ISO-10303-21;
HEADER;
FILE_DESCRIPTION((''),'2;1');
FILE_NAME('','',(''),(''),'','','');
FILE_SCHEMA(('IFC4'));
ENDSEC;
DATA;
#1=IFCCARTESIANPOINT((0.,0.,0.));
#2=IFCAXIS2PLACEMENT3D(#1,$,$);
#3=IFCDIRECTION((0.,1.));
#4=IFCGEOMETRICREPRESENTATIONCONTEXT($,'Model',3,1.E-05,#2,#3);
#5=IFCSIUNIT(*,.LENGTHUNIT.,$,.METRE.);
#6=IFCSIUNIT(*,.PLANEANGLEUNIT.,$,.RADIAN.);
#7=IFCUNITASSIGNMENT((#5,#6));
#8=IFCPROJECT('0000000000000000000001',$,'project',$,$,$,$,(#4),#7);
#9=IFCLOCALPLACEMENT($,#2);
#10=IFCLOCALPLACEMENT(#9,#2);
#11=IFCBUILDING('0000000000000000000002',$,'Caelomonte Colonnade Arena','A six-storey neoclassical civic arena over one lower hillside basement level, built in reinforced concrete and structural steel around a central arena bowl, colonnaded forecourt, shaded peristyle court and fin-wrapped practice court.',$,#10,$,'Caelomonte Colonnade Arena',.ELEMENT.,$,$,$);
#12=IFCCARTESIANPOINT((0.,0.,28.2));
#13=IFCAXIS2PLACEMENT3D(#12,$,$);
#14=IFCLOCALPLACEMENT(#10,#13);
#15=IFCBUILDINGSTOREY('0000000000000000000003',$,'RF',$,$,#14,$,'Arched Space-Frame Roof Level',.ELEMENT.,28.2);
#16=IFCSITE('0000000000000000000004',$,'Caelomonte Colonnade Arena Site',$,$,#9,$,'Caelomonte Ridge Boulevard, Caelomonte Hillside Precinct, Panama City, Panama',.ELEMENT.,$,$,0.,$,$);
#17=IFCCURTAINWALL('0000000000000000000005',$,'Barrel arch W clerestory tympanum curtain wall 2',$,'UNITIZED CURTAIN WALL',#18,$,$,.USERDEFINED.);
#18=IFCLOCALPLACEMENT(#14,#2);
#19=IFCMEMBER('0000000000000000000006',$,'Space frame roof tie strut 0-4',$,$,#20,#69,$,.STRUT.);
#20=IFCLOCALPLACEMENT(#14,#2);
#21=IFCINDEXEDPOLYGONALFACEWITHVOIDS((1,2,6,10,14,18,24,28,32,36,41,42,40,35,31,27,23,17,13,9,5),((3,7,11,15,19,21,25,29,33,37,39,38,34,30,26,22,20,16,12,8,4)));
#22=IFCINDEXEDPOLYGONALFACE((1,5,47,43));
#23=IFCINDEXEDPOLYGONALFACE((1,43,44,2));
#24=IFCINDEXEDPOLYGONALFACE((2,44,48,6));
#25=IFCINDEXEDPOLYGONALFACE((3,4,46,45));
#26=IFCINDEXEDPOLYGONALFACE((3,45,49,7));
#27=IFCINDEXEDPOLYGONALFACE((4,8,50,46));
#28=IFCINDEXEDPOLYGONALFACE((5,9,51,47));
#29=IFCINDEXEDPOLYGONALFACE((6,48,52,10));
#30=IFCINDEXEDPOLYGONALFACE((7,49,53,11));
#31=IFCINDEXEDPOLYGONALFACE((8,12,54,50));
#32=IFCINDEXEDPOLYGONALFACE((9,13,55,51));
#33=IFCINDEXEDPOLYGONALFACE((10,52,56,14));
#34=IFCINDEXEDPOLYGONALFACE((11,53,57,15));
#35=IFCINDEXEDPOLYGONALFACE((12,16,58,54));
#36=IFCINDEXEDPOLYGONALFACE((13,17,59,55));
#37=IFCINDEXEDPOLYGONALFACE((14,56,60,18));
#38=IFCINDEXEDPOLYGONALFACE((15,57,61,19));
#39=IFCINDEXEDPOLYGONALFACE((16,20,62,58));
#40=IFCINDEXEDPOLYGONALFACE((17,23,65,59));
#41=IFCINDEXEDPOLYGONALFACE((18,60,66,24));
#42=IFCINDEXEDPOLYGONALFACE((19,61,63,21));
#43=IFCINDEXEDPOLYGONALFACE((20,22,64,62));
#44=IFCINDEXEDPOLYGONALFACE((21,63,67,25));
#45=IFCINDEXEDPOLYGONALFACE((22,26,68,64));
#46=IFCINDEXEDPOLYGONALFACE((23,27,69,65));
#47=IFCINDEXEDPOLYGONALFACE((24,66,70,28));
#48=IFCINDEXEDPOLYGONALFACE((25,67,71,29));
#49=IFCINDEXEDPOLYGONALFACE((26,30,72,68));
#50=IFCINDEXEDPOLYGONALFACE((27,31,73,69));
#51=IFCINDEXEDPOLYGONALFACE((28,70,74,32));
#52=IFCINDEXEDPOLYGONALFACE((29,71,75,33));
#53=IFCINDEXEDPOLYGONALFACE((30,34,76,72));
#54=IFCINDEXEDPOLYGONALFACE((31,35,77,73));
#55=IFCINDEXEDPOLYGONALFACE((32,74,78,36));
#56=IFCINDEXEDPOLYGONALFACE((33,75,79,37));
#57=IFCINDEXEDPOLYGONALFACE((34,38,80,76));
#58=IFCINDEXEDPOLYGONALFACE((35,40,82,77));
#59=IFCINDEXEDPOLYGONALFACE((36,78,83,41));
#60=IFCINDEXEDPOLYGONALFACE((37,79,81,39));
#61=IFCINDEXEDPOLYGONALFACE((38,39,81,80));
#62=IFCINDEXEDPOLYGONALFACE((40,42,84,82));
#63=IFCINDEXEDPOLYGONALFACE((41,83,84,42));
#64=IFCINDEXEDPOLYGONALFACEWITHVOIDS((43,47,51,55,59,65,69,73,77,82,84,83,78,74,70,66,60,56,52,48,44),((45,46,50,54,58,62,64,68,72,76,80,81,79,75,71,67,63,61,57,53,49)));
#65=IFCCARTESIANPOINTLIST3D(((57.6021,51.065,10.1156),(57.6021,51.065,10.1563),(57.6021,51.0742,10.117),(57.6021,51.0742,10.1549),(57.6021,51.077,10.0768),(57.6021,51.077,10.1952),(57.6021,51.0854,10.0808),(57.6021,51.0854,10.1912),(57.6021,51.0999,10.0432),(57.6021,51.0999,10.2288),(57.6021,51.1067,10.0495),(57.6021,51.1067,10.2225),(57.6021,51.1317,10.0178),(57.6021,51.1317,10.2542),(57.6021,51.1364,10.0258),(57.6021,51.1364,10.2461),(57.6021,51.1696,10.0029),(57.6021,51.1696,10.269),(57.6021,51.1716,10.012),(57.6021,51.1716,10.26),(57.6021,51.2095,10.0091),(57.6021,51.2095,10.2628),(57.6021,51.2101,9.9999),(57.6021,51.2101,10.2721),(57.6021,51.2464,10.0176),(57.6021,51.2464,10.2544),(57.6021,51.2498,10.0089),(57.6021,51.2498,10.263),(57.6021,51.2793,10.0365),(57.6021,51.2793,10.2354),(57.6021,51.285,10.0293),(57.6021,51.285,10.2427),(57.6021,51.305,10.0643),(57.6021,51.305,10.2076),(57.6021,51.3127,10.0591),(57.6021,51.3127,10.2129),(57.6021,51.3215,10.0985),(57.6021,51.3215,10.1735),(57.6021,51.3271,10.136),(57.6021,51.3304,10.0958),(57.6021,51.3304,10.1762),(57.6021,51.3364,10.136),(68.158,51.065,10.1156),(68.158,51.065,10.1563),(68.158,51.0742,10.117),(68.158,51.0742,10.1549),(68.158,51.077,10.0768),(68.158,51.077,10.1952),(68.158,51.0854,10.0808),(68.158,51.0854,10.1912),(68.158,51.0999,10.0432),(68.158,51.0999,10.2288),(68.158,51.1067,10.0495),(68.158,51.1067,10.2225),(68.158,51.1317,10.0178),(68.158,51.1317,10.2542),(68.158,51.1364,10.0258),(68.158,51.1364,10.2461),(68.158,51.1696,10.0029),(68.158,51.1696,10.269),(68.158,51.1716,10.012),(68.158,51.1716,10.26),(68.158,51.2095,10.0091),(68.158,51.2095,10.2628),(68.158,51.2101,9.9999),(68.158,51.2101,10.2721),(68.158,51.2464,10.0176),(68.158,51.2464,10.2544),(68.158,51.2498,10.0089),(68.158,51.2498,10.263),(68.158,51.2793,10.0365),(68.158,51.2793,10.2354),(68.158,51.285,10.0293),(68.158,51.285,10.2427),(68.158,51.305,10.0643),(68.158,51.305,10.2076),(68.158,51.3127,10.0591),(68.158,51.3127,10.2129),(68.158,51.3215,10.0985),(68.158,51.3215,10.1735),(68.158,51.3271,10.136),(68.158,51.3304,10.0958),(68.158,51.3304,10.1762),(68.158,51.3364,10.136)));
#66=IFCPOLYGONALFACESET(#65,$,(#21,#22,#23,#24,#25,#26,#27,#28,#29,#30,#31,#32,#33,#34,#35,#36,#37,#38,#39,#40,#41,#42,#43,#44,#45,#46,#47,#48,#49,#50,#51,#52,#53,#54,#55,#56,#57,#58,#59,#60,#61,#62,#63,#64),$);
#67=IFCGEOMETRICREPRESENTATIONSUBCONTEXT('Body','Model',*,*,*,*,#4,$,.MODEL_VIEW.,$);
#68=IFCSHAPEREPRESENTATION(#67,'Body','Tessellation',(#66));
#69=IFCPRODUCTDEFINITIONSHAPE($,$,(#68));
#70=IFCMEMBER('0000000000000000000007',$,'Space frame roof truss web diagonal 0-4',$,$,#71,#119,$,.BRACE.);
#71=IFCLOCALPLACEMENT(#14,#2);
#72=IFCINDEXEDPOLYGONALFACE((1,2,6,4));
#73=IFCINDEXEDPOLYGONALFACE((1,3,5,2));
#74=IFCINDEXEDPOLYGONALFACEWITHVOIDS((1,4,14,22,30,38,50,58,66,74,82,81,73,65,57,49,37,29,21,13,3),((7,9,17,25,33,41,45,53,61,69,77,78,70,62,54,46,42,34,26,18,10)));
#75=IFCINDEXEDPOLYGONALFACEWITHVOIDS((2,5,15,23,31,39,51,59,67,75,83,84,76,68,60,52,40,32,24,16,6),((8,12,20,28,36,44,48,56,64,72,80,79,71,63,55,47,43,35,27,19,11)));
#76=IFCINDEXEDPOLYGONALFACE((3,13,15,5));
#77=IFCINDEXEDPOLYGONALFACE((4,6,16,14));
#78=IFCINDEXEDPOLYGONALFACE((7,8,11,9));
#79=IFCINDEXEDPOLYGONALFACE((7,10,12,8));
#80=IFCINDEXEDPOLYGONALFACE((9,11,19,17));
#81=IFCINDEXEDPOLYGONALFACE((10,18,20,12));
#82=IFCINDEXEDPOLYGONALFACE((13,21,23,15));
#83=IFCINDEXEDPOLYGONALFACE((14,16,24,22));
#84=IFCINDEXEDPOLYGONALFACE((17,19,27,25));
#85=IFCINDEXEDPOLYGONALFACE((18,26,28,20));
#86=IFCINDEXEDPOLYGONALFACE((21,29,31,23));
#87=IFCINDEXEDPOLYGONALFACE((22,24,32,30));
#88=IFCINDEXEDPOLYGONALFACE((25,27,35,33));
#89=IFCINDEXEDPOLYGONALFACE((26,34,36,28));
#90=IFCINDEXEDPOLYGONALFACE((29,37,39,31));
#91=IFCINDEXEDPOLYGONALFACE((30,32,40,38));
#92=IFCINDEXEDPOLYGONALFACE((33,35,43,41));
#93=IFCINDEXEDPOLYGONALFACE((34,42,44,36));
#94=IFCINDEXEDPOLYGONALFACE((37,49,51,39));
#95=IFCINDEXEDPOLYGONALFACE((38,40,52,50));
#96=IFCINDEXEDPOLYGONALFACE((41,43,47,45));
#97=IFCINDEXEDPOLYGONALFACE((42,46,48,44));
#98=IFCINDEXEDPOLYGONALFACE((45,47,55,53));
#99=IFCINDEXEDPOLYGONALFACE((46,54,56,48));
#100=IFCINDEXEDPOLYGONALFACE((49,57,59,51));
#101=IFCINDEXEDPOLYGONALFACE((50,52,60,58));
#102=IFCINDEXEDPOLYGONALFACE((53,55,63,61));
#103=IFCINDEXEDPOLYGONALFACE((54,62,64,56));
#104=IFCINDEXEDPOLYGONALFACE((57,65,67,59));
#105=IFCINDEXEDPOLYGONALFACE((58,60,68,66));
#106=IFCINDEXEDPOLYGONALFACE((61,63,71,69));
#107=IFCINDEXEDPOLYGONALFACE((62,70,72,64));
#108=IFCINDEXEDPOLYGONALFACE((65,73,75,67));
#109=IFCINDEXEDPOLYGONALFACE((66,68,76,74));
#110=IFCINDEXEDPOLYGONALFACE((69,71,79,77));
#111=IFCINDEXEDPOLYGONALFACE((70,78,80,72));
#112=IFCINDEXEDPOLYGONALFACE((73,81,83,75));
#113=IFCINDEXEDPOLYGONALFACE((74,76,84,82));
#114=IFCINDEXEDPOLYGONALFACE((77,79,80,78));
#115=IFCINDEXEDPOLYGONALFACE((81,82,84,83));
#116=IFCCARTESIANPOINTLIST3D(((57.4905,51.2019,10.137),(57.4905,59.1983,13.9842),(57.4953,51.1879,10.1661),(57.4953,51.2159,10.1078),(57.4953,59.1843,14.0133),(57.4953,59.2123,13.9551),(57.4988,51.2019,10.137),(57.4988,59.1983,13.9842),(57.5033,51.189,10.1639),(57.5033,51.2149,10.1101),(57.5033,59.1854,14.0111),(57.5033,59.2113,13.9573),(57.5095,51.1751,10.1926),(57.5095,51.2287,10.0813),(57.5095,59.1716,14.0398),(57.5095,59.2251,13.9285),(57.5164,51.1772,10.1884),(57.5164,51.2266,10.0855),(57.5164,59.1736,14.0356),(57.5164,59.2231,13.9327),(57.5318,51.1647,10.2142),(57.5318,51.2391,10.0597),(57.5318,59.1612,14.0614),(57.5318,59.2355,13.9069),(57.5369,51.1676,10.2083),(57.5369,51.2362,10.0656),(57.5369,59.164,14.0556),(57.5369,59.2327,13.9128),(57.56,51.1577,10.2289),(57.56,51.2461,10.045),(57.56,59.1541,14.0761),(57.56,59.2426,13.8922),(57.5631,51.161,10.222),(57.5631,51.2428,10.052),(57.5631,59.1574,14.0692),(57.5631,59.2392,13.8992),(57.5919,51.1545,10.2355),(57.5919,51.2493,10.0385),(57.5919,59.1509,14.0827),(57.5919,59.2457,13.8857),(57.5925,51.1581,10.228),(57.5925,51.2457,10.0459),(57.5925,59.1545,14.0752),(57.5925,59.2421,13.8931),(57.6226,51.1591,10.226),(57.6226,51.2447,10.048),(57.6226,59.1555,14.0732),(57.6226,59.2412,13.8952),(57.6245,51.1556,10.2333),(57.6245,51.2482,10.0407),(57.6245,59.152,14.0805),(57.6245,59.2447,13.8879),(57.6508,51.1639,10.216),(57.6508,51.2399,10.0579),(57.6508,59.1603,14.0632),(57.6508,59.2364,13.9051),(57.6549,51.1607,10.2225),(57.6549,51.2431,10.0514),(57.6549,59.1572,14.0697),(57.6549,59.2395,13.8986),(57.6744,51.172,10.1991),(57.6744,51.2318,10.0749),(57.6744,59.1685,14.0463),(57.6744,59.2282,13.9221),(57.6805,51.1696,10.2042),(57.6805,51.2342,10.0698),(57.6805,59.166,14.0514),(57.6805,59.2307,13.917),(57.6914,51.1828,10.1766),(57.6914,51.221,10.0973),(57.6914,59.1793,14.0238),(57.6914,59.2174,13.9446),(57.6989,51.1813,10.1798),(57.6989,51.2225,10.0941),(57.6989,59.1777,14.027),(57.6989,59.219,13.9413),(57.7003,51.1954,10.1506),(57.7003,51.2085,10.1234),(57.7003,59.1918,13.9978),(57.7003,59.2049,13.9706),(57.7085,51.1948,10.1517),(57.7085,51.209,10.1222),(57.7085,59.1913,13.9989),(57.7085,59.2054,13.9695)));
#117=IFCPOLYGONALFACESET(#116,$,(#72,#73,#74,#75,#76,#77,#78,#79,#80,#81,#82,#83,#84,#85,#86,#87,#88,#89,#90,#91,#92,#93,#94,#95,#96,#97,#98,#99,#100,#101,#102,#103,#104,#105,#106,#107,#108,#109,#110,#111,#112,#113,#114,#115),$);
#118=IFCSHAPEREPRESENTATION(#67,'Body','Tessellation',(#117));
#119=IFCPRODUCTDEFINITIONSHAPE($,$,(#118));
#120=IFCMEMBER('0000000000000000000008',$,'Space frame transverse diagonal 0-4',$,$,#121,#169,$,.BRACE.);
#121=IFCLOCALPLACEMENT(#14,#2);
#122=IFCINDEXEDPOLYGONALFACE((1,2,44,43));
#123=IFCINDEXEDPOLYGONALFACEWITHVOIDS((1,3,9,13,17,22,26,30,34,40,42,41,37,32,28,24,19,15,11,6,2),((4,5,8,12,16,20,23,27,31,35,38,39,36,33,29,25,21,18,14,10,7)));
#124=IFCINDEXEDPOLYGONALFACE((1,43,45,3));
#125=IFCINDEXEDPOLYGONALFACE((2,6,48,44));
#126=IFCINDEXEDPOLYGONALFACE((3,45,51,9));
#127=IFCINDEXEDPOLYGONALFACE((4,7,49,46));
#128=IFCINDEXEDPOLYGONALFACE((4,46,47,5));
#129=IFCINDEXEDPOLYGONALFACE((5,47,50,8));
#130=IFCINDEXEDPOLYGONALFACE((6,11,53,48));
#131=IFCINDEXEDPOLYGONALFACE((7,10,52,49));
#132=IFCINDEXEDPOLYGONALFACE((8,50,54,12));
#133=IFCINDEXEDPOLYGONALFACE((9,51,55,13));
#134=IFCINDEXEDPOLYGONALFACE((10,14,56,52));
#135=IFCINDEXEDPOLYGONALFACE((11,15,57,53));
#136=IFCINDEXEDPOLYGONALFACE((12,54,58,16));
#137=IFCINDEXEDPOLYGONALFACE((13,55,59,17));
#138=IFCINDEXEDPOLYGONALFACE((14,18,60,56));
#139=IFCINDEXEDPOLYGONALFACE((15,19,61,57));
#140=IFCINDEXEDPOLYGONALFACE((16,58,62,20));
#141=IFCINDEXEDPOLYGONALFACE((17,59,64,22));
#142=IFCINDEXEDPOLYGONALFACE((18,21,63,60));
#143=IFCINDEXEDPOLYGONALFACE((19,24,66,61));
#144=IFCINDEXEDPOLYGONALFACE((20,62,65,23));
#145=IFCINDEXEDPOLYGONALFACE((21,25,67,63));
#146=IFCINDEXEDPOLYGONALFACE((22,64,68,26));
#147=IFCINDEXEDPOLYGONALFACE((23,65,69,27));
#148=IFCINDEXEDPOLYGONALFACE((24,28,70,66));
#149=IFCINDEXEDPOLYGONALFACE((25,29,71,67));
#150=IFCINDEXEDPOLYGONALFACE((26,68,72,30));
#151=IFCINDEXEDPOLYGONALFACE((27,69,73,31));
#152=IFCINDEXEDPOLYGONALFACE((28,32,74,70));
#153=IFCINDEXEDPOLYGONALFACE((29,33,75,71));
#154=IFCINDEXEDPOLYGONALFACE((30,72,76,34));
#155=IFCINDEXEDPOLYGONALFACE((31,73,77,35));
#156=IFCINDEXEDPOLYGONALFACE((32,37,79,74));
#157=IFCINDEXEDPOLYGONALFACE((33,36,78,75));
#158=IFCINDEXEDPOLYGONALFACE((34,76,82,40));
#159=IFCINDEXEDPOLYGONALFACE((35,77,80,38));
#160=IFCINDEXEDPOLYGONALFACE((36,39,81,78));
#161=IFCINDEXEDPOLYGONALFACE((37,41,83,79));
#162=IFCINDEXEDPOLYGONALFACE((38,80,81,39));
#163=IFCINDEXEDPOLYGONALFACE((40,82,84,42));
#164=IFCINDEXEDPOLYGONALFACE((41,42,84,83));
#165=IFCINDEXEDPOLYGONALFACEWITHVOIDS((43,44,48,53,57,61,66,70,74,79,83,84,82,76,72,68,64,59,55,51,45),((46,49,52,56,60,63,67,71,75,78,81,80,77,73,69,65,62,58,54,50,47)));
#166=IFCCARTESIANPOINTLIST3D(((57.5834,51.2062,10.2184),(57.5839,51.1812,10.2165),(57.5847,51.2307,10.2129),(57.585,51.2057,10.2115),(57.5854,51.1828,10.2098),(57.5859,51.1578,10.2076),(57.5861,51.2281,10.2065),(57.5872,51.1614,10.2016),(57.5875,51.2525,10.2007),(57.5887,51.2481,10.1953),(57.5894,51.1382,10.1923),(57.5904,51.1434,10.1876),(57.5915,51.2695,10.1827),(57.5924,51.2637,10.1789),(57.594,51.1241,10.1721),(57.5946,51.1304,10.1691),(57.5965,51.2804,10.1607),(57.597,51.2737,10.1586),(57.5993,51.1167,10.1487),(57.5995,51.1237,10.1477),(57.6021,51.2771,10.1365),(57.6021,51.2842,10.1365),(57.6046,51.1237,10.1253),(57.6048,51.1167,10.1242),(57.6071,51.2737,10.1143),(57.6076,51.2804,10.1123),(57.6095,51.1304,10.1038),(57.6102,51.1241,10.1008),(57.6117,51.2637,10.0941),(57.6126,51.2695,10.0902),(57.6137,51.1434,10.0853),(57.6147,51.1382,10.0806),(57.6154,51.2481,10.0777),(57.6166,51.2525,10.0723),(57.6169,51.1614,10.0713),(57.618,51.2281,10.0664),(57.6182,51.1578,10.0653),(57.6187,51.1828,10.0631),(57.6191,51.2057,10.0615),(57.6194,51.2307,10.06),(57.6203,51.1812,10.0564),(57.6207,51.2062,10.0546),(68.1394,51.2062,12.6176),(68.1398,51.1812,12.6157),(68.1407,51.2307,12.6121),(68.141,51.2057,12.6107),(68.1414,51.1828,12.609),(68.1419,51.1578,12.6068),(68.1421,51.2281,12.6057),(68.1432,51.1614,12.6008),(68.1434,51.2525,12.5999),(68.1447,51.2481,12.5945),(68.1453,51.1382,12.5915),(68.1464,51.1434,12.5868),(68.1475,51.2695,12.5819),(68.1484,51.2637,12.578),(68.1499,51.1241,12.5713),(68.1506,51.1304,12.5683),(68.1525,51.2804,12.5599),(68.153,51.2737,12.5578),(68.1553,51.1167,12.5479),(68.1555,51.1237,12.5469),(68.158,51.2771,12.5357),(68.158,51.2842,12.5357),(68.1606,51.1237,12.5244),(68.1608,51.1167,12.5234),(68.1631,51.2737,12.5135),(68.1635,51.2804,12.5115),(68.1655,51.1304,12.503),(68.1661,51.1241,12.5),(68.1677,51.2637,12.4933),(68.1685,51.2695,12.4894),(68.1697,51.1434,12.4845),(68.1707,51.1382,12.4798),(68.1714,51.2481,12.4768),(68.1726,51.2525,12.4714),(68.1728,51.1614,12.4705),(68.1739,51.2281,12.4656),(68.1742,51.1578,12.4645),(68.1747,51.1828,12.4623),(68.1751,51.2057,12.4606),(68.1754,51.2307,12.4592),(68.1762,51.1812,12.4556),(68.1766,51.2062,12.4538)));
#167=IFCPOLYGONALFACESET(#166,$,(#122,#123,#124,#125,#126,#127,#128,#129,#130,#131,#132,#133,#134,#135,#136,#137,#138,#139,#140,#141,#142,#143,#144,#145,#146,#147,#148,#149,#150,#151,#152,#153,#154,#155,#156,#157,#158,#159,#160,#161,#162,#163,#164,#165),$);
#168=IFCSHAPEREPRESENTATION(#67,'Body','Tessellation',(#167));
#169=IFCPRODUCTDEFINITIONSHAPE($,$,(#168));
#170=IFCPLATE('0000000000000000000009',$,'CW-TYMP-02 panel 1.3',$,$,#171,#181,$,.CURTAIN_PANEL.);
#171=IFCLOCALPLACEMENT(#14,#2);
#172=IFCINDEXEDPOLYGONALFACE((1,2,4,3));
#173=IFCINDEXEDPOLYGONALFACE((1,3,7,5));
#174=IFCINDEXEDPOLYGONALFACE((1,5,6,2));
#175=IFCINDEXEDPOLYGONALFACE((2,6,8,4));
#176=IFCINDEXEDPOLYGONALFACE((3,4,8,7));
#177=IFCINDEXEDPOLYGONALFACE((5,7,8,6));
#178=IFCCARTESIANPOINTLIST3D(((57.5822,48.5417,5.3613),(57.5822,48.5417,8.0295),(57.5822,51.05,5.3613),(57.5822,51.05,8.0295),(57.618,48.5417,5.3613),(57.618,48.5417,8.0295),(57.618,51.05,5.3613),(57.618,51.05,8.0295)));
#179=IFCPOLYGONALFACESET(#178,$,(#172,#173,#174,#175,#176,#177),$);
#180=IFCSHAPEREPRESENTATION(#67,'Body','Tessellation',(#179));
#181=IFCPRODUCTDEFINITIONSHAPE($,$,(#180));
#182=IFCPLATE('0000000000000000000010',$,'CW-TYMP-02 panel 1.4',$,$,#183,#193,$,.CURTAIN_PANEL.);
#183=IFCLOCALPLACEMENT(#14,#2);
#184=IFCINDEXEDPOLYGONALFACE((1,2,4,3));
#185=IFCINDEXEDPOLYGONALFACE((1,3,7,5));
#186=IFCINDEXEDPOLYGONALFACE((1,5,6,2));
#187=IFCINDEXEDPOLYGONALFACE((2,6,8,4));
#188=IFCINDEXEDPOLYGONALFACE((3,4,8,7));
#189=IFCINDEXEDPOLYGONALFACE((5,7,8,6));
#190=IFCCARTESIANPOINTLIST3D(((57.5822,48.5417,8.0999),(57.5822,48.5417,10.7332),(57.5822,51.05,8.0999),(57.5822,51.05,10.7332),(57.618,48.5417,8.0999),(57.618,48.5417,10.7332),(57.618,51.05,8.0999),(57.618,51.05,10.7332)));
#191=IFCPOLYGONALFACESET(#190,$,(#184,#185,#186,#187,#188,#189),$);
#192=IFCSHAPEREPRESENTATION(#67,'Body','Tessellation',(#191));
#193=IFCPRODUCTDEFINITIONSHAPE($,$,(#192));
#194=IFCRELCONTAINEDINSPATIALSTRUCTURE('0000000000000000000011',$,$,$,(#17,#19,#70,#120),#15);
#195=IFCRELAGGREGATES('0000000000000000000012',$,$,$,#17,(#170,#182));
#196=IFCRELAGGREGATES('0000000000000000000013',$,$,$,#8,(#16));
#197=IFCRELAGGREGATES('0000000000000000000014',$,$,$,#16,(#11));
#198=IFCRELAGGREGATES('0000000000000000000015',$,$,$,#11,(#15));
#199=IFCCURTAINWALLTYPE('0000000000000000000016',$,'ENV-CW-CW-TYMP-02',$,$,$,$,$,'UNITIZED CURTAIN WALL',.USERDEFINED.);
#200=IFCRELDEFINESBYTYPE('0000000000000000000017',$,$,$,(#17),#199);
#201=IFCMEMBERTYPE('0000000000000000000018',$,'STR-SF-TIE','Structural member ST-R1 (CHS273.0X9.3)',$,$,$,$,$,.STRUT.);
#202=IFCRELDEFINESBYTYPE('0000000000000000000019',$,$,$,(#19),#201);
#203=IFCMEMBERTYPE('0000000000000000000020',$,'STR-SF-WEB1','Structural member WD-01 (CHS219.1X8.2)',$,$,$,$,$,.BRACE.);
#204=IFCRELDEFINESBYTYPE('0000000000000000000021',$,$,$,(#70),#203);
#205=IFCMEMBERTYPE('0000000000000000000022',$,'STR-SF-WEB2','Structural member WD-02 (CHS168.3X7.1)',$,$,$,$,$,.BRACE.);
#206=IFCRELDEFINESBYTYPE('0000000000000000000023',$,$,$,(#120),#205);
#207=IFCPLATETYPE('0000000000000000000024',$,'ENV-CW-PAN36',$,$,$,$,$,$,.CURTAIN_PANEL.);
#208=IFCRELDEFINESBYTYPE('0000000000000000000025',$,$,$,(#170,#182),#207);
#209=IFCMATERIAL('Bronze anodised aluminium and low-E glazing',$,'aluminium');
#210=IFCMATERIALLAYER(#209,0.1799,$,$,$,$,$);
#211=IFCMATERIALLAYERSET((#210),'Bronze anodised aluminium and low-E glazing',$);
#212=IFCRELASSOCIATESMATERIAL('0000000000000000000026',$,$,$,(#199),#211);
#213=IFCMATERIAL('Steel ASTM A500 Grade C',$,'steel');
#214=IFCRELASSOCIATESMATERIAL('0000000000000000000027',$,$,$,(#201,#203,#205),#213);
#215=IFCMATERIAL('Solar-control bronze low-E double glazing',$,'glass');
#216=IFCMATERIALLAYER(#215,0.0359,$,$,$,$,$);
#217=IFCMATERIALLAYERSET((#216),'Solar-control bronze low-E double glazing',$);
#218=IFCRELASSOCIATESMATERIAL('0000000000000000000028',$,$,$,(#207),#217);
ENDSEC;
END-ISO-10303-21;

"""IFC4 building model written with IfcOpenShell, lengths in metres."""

from ifc_helpers import new_model, si_unit, direction, frame, origin, origin_2d, place, context, subcontext, project, spatial, rectangle, hollow_circle, extrude, material, layer, layer_set, material_profile, profile_set, type_object, element, aggregate, save


model = new_model("IFC4")

# Units and contexts
model_context = context("Model", 3, precision=1e-05, world=origin(), true_north=direction((0.0, 1.0)))
body_context = subcontext(model_context, "Body", "Model", "MODEL_VIEW")
ifc_project = project(units=[si_unit("LENGTHUNIT", "METRE"), si_unit("PLANEANGLEUNIT", "RADIAN")], contexts=[model_context])

# Site, building, storey
site_placement = place(None, origin())
site = spatial("IfcSite", under=ifc_project, at=site_placement, Name="Caelomonte Colonnade Arena Site", LongName="Caelomonte Ridge Boulevard, Caelomonte Hillside Precinct, Panama City, Panama", CompositionType="ELEMENT", RefElevation=0.0)
building_placement = place(site_placement, origin())
building = spatial("IfcBuilding", under=site, at=building_placement, Name="Caelomonte Colonnade Arena", Description="A six-storey neoclassical civic arena over one lower hillside basement level, built in reinforced concrete and structural steel around a central arena bowl, colonnaded forecourt, shaded peristyle court and fin-wrapped practice court.", LongName="Caelomonte Colonnade Arena", CompositionType="ELEMENT")
storey_placement = place(building_placement, frame((0.0, 0.0, 28.2)))
storey = spatial("IfcBuildingStorey", under=building, at=storey_placement, Name="RF", LongName="Arched Space-Frame Roof Level", CompositionType="ELEMENT", Elevation=28.2)

# Curtain wall
ifc_material_1 = material(Name="Bronze anodised aluminium and low-E glazing", Category="aluminium")
ifc_layer_1 = layer(ifc_material_1, 0.1799)
ifc_layer_set_1 = layer_set([ifc_layer_1], Name="Bronze anodised aluminium and low-E glazing")
curtain_wall_type_1 = type_object("IfcCurtainWallType", Name="ENV-CW-CW-TYMP-02", ElementType="UNITIZED CURTAIN WALL", PredefinedType="USERDEFINED", material=ifc_layer_set_1)
curtain_wall_1_placement = place(storey_placement, origin())
curtain_wall_1 = element("IfcCurtainWall", 1, at=curtain_wall_1_placement, inside=storey, type_object=curtain_wall_type_1, Name="Barrel arch W clerestory tympanum curtain wall 2", ObjectType="UNITIZED CURTAIN WALL", PredefinedType="USERDEFINED")

# Members
ifc_material_2 = material(Name="Steel ASTM A500 Grade C", Category="steel")
ifc_material_profile_1 = material_profile(ifc_material_2, hollow_circle(Radius=0.1365, WallThickness=0.0093, at=origin_2d()), Name="CHS273.0X9.3")
ifc_profile_set_1 = profile_set([ifc_material_profile_1], Name="Steel ASTM A500 Grade C")
member_type_1 = type_object("IfcMemberType", Name="STR-SF-TIE", Description="Structural member ST-R1 (CHS273.0X9.3)", PredefinedType="STRUT", material=ifc_profile_set_1)
member_1_placement = place(storey_placement, frame((57.6021, 51.2, 10.136), z_axis=(1.0, 0.0, 0.0), x_axis=(0.0, 1.0, 0.0)))
element("IfcMember", 2, at=member_1_placement, inside=storey, type_object=member_type_1, Name="Space frame roof tie strut 0-4", PredefinedType="STRUT", context=body_context, shape_type="SweptSolid", body=[
    extrude(hollow_circle(Radius=0.1365, WallThickness=0.0093, at=origin_2d()), origin(), (0.0, 0.0, 1.0), 10.5559),
])
ifc_material_profile_2 = material_profile(ifc_material_2, hollow_circle(Radius=0.1096, WallThickness=0.0083, at=origin_2d()), Name="CHS219.1X8.2")
ifc_profile_set_2 = profile_set([ifc_material_profile_2], Name="Steel ASTM A500 Grade C")
member_type_2 = type_object("IfcMemberType", Name="STR-SF-WEB1", Description="Structural member WD-01 (CHS219.1X8.2)", PredefinedType="BRACE", material=ifc_profile_set_2)
member_2_placement = place(storey_placement, frame((57.6001, 51.2019, 10.137), z_axis=(0.0, 0.90113, 0.433548), x_axis=(-1.0, 0.0, 0.0)))
element("IfcMember", 3, at=member_2_placement, inside=storey, type_object=member_type_2, Name="Space frame roof truss web diagonal 0-4", PredefinedType="BRACE", context=body_context, shape_type="SweptSolid", body=[
    extrude(hollow_circle(Radius=0.1096, WallThickness=0.0083, at=origin_2d()), origin(), (0.0, 0.0, 1.0), 8.8738),
])
ifc_material_profile_3 = material_profile(ifc_material_2, hollow_circle(Radius=0.0842, WallThickness=0.0071, at=origin_2d()), Name="CHS168.3X7.1")
ifc_profile_set_3 = profile_set([ifc_material_profile_3], Name="Steel ASTM A500 Grade C")
member_type_3 = type_object("IfcMemberType", Name="STR-SF-WEB2", Description="Structural member WD-02 (CHS168.3X7.1)", PredefinedType="BRACE", material=ifc_profile_set_3)
member_3_placement = place(storey_placement, frame((57.6021, 51.2, 10.1365), z_axis=(0.975131, 0.0, 0.22163), x_axis=(0.0, 1.0, 0.0)))
element("IfcMember", 4, at=member_3_placement, inside=storey, type_object=member_type_3, Name="Space frame transverse diagonal 0-4", PredefinedType="BRACE", context=body_context, shape_type="SweptSolid", body=[
    extrude(hollow_circle(Radius=0.0842, WallThickness=0.0071, at=origin_2d()), origin(), (0.0, 0.0, 1.0), 10.8252),
])

# Plates
ifc_material_3 = material(Name="Solar-control bronze low-E double glazing", Category="glass")
ifc_layer_2 = layer(ifc_material_3, 0.0359)
ifc_layer_set_2 = layer_set([ifc_layer_2], Name="Solar-control bronze low-E double glazing")
plate_type_1 = type_object("IfcPlateType", Name="ENV-CW-PAN36", PredefinedType="CURTAIN_PANEL", material=ifc_layer_set_2)
plate_1_placement = place(storey_placement, frame((57.6001, 49.7959, 5.3613), z_axis=(0.0, 0.0, 1.0), x_axis=(0.0, -1.0, 0.0)))
plate_1 = element("IfcPlate", 5, at=plate_1_placement, type_object=plate_type_1, Name="CW-TYMP-02 panel 1.3", PredefinedType="CURTAIN_PANEL", context=body_context, shape_type="SweptSolid", body=[
    extrude(rectangle(XDim=2.5083, YDim=0.0359, at=origin_2d()), origin(), (0.0, 0.0, 1.0), 2.6682),
])
plate_2_placement = place(storey_placement, frame((57.6001, 49.7959, 8.0999), z_axis=(0.0, 0.0, 1.0), x_axis=(0.0, -1.0, 0.0)))
plate_2 = element("IfcPlate", 6, at=plate_2_placement, type_object=plate_type_1, Name="CW-TYMP-02 panel 1.4", PredefinedType="CURTAIN_PANEL", context=body_context, shape_type="SweptSolid", body=[
    extrude(rectangle(XDim=2.5083, YDim=0.0359, at=origin_2d()), origin(), (0.0, 0.0, 1.0), 2.6333),
])
aggregate(curtain_wall_1, [plate_1, plate_2])

save(model, "model.ifc")
